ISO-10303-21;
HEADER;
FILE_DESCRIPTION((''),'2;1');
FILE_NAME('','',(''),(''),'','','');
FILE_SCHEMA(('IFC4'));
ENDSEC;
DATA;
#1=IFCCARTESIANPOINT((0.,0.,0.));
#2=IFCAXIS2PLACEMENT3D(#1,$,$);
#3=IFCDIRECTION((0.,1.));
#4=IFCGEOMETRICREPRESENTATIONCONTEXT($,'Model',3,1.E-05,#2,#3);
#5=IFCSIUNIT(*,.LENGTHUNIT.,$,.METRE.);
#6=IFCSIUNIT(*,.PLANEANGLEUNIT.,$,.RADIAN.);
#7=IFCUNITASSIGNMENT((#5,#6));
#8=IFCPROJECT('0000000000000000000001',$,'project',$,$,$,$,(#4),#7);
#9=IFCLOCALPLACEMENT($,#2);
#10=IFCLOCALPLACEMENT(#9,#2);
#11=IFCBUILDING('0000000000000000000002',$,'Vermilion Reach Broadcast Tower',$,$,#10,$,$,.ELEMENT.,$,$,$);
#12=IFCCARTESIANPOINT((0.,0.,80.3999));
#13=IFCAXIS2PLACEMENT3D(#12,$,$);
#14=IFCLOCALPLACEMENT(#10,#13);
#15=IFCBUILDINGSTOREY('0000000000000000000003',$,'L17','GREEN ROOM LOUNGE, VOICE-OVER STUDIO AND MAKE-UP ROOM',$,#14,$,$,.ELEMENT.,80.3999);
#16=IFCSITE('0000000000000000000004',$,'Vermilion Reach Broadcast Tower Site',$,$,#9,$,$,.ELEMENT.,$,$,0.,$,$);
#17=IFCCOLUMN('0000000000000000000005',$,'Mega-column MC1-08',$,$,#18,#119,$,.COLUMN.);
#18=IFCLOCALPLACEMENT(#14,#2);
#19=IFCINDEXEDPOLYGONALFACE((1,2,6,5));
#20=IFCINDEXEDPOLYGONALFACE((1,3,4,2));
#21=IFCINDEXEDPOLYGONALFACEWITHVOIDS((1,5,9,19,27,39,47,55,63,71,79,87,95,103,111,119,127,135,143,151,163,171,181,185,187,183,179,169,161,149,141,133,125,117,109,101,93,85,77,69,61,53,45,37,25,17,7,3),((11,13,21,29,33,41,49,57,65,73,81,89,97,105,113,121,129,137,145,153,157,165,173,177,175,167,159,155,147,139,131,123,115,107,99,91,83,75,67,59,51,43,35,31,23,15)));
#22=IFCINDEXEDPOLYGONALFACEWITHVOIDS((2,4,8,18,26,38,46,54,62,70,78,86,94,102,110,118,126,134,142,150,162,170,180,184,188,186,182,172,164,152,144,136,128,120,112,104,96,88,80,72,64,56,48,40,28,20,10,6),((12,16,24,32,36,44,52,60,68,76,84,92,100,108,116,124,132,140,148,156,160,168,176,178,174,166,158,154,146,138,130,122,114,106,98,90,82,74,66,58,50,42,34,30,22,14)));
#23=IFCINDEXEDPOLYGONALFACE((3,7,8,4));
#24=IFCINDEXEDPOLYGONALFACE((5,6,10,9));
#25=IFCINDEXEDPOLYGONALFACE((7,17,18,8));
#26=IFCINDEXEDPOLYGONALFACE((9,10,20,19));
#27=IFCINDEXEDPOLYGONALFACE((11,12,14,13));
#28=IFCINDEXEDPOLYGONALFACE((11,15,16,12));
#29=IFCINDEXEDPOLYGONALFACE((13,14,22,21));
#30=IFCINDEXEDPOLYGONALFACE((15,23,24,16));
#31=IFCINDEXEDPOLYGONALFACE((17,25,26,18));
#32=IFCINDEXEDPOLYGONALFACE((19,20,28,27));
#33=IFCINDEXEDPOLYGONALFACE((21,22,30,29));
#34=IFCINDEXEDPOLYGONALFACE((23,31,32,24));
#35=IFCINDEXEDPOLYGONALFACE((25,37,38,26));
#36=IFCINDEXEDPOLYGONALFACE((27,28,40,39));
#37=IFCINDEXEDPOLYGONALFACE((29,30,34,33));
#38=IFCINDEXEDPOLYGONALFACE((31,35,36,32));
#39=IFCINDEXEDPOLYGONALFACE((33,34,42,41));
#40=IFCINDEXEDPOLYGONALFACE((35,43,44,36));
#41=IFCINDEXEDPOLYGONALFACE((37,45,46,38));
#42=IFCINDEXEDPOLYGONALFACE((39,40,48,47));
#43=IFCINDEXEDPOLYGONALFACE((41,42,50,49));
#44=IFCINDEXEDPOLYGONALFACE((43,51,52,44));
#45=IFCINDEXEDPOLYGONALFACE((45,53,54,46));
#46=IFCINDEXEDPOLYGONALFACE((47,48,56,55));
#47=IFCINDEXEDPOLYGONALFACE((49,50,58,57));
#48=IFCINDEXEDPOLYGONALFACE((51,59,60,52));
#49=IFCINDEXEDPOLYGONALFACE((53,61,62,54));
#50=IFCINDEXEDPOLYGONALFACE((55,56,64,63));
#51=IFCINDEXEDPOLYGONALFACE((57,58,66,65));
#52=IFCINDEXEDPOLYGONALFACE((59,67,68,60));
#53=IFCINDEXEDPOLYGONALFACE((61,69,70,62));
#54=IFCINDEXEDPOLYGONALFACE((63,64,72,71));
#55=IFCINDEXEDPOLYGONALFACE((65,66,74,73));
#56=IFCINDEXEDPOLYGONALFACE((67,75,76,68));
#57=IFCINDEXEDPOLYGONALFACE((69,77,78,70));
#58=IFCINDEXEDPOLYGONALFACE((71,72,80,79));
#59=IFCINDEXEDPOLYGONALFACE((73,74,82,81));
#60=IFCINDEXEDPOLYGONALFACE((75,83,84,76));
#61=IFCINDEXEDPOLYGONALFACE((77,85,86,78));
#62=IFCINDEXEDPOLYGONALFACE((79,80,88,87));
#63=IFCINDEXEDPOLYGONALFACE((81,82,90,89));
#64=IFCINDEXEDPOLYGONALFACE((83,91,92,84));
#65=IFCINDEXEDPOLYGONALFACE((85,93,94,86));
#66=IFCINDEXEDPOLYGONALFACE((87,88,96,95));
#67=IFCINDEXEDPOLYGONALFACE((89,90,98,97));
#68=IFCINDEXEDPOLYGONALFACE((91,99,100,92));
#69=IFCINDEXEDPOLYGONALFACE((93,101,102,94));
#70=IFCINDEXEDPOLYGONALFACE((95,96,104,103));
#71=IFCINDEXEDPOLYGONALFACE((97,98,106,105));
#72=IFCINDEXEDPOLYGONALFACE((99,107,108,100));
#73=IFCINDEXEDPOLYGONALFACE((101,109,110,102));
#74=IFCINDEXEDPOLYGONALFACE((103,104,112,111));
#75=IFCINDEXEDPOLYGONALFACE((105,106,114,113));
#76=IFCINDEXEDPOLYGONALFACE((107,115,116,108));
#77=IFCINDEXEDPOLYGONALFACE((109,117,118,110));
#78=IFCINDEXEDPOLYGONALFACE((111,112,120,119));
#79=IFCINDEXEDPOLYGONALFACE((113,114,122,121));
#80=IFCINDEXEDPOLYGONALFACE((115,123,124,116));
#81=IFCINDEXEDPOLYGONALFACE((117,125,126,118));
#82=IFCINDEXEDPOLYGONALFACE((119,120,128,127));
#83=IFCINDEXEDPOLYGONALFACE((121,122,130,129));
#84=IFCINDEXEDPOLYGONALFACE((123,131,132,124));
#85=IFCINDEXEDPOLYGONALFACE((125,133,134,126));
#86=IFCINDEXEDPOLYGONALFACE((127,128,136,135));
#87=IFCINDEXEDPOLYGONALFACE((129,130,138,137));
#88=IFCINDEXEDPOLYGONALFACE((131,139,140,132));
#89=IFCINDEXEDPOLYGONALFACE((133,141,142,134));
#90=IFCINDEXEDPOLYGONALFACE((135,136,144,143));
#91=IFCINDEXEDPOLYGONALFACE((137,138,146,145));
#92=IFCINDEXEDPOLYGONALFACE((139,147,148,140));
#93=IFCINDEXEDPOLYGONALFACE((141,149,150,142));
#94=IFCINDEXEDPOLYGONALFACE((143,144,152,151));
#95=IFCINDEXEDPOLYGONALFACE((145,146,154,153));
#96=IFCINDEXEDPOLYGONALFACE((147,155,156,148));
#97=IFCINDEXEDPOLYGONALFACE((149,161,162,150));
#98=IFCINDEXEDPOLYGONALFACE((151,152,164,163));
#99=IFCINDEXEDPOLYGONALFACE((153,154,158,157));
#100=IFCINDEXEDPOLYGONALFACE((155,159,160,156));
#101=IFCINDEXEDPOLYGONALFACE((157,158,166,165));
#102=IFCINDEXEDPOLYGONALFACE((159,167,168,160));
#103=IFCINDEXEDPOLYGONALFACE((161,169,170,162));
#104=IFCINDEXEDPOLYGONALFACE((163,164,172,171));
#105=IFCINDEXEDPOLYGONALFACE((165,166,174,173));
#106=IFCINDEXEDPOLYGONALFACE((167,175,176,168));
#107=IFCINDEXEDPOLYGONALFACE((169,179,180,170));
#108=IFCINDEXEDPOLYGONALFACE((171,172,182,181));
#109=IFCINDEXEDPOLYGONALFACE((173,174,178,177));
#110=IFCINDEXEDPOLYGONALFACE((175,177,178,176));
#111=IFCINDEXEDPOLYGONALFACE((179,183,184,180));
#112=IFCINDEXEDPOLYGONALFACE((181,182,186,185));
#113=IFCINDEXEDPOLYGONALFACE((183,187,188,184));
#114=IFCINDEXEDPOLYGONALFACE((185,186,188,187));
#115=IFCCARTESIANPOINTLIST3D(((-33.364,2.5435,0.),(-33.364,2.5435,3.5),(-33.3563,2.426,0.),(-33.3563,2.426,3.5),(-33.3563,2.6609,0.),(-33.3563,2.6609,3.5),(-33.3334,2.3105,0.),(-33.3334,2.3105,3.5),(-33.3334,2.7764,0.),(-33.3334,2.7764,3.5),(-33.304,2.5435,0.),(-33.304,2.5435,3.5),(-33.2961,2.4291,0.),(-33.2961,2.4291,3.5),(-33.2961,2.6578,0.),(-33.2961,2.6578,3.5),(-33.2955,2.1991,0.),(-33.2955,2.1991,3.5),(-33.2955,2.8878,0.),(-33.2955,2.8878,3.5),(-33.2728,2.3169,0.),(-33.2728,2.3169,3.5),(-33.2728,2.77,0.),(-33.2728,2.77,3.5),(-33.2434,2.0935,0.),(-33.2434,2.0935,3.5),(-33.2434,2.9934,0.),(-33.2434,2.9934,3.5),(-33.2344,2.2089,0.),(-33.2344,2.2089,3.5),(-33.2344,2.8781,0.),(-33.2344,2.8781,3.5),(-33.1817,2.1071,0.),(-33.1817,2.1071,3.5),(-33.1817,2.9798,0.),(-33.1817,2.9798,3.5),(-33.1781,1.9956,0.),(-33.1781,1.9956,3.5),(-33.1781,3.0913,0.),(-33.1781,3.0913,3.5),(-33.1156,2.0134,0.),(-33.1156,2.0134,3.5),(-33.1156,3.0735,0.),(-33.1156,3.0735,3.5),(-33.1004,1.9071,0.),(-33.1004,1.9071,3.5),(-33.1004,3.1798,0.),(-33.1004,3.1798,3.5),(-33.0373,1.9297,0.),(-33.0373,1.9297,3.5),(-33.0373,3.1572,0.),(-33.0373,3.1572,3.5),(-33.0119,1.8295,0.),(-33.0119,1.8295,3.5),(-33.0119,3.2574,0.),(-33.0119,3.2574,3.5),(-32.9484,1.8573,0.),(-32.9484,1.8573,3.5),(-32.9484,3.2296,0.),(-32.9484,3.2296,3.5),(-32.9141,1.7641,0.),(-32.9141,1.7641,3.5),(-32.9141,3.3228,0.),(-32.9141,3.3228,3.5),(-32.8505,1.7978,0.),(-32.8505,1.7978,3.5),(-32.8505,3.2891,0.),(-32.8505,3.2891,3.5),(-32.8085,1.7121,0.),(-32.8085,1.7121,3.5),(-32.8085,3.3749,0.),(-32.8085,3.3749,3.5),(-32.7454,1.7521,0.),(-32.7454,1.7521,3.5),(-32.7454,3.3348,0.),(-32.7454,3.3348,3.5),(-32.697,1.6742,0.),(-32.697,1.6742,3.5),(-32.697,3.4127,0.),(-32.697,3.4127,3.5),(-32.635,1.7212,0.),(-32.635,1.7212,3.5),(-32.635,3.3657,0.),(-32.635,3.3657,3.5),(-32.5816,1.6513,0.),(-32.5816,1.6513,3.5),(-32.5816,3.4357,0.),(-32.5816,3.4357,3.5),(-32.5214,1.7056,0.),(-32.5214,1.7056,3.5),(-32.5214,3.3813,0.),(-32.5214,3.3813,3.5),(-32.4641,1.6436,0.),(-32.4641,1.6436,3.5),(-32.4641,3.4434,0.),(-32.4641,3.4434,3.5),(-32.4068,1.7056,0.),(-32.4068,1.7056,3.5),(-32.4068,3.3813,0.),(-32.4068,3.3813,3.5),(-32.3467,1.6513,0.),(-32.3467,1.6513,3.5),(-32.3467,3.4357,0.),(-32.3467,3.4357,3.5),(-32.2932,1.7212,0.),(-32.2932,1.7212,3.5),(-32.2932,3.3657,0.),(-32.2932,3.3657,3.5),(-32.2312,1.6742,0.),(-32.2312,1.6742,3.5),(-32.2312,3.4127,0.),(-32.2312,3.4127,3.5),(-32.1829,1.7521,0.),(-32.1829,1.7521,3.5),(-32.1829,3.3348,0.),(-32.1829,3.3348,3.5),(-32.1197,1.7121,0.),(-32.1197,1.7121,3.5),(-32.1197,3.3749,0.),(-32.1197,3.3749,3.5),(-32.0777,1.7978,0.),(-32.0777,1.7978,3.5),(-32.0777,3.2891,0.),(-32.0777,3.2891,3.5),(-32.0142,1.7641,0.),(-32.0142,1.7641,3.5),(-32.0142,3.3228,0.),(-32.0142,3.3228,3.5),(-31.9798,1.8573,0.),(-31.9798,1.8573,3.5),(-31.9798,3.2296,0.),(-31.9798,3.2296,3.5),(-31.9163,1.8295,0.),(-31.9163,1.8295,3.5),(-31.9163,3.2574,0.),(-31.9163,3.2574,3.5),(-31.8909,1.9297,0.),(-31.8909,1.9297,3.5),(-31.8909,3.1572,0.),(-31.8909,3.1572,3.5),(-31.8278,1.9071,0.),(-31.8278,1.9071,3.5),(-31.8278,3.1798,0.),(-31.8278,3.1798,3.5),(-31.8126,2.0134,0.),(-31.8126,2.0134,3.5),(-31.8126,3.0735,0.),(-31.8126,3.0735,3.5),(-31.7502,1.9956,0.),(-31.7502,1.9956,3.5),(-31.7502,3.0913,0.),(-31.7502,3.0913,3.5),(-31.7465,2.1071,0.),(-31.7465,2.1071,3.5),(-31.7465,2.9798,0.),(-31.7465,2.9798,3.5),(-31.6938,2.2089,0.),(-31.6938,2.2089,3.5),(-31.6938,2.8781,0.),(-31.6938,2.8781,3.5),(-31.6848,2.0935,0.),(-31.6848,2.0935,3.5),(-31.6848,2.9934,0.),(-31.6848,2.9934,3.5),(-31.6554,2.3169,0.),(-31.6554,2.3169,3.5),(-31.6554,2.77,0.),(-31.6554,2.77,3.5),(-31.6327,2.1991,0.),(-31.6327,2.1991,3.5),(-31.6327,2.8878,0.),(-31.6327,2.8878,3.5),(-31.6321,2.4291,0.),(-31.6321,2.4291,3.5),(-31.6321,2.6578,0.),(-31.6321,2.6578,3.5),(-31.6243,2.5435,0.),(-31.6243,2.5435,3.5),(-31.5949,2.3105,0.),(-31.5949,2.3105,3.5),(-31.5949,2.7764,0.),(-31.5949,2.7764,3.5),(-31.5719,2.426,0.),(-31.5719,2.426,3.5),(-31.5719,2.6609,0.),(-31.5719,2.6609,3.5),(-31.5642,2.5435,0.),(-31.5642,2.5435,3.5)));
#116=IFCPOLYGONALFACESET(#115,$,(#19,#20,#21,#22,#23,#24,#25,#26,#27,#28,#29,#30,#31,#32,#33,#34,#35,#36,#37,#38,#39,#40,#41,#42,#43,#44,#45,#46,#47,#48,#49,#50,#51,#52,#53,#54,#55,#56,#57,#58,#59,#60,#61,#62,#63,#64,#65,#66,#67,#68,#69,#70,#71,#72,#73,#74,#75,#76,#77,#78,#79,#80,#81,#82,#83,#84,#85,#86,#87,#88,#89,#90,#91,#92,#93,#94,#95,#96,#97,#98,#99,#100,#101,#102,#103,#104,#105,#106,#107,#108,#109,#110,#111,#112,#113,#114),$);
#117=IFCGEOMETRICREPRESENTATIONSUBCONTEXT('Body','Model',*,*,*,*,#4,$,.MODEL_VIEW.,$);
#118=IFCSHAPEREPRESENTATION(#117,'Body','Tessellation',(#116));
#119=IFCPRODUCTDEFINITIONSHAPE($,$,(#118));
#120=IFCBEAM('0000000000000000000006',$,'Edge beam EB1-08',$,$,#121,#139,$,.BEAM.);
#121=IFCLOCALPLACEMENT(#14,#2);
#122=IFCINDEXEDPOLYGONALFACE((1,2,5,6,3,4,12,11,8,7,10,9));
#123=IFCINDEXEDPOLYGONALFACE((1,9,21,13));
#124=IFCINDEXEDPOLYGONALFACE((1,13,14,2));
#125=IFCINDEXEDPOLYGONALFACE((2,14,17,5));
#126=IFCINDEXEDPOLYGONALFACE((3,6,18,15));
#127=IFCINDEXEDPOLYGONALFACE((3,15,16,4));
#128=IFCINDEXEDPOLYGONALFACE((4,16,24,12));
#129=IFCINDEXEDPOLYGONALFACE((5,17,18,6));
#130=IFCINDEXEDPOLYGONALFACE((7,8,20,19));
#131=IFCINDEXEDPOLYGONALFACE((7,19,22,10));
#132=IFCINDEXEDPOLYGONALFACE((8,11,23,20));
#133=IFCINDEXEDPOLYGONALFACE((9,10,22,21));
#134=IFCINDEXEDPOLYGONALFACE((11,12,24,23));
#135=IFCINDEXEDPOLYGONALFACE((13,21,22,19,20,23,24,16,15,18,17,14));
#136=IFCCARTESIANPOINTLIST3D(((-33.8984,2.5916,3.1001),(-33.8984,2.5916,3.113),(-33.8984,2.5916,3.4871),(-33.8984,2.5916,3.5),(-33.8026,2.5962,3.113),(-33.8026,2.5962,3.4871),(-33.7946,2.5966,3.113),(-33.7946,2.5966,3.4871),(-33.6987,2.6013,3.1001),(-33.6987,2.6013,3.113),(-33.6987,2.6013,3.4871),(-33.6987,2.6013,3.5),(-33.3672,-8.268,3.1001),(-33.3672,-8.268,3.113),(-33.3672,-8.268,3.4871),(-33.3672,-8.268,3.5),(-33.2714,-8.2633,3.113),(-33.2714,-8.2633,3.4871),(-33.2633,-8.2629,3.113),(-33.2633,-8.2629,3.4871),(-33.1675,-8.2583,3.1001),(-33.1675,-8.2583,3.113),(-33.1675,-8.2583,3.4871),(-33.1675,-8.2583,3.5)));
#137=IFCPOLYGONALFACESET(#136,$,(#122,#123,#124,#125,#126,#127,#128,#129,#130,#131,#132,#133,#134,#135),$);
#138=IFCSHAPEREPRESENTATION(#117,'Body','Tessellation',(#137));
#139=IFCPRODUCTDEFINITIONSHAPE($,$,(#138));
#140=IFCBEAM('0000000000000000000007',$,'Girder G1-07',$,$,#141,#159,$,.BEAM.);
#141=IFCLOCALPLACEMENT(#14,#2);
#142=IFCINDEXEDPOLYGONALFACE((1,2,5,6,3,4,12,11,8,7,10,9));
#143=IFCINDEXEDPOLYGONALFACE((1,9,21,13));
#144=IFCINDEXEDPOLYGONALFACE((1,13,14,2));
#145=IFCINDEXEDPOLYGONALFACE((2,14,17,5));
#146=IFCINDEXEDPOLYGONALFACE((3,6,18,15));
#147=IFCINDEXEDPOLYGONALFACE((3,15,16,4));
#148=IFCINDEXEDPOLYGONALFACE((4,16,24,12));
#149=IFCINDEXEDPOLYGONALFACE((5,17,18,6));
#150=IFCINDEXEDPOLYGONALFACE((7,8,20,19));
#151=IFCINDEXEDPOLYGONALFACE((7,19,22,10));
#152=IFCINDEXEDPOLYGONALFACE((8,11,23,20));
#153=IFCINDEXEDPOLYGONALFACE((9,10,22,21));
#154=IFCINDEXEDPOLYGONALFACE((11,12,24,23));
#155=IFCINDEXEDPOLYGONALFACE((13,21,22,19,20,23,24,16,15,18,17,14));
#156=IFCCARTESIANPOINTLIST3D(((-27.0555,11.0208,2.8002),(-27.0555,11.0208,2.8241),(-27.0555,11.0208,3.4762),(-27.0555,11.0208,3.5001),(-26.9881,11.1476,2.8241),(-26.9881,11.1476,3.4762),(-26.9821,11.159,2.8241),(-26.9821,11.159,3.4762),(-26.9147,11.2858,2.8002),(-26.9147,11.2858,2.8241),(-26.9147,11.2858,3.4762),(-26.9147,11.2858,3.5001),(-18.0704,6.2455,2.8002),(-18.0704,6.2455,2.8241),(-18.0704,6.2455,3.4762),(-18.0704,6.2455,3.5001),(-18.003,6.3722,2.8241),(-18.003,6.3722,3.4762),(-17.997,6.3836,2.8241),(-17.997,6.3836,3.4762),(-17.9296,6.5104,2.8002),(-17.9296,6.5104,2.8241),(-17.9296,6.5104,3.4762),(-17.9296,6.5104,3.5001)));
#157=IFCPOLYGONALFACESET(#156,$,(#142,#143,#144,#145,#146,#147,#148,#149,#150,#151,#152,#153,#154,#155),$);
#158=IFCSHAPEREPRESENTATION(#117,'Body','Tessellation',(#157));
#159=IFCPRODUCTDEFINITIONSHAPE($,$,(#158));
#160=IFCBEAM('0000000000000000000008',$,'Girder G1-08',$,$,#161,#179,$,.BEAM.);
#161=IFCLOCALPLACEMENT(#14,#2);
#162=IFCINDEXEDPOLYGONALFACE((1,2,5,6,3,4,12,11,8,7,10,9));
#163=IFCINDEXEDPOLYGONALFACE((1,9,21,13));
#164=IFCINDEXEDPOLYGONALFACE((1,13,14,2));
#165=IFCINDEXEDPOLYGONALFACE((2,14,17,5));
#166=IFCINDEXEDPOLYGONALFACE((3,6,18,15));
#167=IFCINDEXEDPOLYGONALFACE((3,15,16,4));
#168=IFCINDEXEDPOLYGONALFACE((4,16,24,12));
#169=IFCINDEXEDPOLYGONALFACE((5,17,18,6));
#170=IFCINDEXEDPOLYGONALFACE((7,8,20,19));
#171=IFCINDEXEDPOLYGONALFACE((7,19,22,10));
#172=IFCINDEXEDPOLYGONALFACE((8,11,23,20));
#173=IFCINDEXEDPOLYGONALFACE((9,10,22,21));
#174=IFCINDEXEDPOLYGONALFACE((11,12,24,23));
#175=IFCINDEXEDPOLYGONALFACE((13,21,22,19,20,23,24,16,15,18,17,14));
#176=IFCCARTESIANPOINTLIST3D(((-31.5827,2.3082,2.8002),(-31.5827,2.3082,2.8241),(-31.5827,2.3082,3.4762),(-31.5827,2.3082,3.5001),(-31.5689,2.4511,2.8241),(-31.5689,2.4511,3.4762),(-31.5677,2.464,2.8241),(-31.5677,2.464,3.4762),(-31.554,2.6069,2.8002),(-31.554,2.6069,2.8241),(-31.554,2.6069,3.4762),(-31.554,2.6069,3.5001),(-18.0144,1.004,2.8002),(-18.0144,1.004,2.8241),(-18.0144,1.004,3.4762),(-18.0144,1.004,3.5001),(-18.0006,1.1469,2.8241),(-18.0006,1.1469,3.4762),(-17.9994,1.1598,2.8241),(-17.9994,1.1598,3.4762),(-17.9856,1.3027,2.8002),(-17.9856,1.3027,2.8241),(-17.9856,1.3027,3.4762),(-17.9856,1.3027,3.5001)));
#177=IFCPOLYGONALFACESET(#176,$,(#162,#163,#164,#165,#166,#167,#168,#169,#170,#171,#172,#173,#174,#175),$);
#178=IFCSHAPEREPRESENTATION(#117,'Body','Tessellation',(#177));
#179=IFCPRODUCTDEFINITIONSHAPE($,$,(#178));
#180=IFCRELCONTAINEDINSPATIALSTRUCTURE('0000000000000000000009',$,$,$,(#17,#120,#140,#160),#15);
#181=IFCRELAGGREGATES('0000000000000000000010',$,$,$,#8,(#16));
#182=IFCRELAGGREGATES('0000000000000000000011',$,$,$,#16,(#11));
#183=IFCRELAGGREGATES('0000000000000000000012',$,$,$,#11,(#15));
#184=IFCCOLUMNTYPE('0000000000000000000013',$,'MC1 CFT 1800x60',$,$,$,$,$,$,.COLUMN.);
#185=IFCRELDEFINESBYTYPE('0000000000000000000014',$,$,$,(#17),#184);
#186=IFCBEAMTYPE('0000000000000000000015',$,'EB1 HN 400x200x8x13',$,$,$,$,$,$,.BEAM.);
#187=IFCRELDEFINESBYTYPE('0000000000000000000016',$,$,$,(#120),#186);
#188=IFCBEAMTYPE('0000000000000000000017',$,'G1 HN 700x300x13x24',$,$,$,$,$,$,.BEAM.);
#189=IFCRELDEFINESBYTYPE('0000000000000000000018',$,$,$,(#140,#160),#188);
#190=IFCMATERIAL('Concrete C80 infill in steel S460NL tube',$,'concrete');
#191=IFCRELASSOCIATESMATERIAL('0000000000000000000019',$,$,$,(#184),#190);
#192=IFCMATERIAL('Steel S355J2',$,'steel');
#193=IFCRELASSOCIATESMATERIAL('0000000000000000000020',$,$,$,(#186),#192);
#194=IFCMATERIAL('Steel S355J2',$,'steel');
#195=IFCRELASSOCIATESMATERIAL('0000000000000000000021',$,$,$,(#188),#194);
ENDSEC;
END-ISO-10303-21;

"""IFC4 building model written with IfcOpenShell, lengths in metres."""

from ifc_helpers import new_model, si_unit, direction, frame, origin, origin_2d, place, context, subcontext, project, spatial, hollow_circle, i_section, extrude, material, material_profile, profile_set, type_object, element, save


model = new_model("IFC4")

# Units and contexts
model_context = context("Model", 3, precision=1e-05, world=origin(), true_north=direction((0.0, 1.0)))
body_context = subcontext(model_context, "Body", "Model", "MODEL_VIEW")
ifc_project = project(units=[si_unit("LENGTHUNIT", "METRE"), si_unit("PLANEANGLEUNIT", "RADIAN")], contexts=[model_context])

# Site, building, storey
site_placement = place(None, origin())
site = spatial("IfcSite", under=ifc_project, at=site_placement, Name="Vermilion Reach Broadcast Tower Site", CompositionType="ELEMENT", RefElevation=0.0)
building_placement = place(site_placement, origin())
building = spatial("IfcBuilding", under=site, at=building_placement, Name="Vermilion Reach Broadcast Tower", CompositionType="ELEMENT")
storey_placement = place(building_placement, frame((0.0, 0.0, 80.3999)))
storey = spatial("IfcBuildingStorey", under=building, at=storey_placement, Name="L17", Description="GREEN ROOM LOUNGE, VOICE-OVER STUDIO AND MAKE-UP ROOM", CompositionType="ELEMENT", Elevation=80.3999)

# Column
ifc_material_1 = material(Name="Concrete C80 infill in steel S460NL tube", Category="concrete")
ifc_material_profile_1 = material_profile(ifc_material_1, hollow_circle(Radius=0.8999, WallThickness=0.0601, at=origin_2d()), Name="Concrete C80 infill in steel S460NL tube CFT 1800x60")
ifc_profile_set_1 = profile_set([ifc_material_profile_1], Name="Concrete C80 infill in steel S460NL tube")
column_type = type_object("IfcColumnType", Name="MC1 CFT 1800x60", PredefinedType="COLUMN", material=ifc_profile_set_1)
column_placement = place(storey_placement, frame((-32.4641, 2.5435, 0.0), z_axis=(0.0, 0.0, 1.0), x_axis=(1.0, 0.0, 0.0)))
element("IfcColumn", 1, at=column_placement, inside=storey, type_object=column_type, Name="Mega-column MC1-08", PredefinedType="COLUMN", context=body_context, shape_type="SweptSolid", body=[
    extrude(hollow_circle(Radius=0.8999, WallThickness=0.0601, at=origin_2d()), origin(), (0.0, 0.0, 1.0), 3.5),
])

# Beams
ifc_material_2 = material(Name="Steel S355J2", Category="steel")
ifc_material_profile_2 = material_profile(ifc_material_2, i_section(OverallWidth=0.2, OverallDepth=0.3999, WebThickness=0.0081, FlangeThickness=0.0129, at=origin_2d()), Name="S355J2 HN 400x200x8x13")
ifc_profile_set_2 = profile_set([ifc_material_profile_2], Name="Steel S355J2")
beam_type_1 = type_object("IfcBeamType", Name="EB1 HN 400x200x8x13", PredefinedType="BEAM", material=ifc_profile_set_2)
beam_1_placement = place(storey_placement, frame((-33.7986, 2.5964, 3.3), z_axis=(0.048861, -0.998806, 0.0), x_axis=(0.998806, 0.048861, 0.0)))
element("IfcBeam", 2, at=beam_1_placement, inside=storey, type_object=beam_type_1, Name="Edge beam EB1-08", PredefinedType="BEAM", context=body_context, shape_type="SweptSolid", body=[
    extrude(i_section(OverallWidth=0.2, OverallDepth=0.3999, WebThickness=0.0081, FlangeThickness=0.0129, at=origin_2d()), origin(), (0.0, 0.0, 1.0), 10.8726),
])
ifc_material_3 = material(Name="Steel S355J2", Category="steel")
ifc_material_profile_3 = material_profile(ifc_material_3, i_section(OverallWidth=0.3, OverallDepth=0.7, WebThickness=0.0129, FlangeThickness=0.0239, at=origin_2d()), Name="S355J2 HN 700x300x13x24")
ifc_profile_set_3 = profile_set([ifc_material_profile_3], Name="Steel S355J2")
beam_type_2 = type_object("IfcBeamType", Name="G1 HN 700x300x13x24", PredefinedType="BEAM", material=ifc_profile_set_3)
beam_2_placement = place(storey_placement, frame((-18.0, 6.3779, 3.1501), z_axis=(-0.883032, 0.469313, 0.0), x_axis=(-0.469313, -0.883032, 0.0)))
element("IfcBeam", 3, at=beam_2_placement, inside=storey, type_object=beam_type_2, Name="Girder G1-07", PredefinedType="BEAM", context=body_context, shape_type="SweptSolid", body=[
    extrude(i_section(OverallWidth=0.3, OverallDepth=0.7, WebThickness=0.0129, FlangeThickness=0.0239, at=origin_2d()), origin(), (0.0, 0.0, 1.0), 10.1753),
])
beam_3_placement = place(storey_placement, frame((-18.0, 1.1533, 3.1501), z_axis=(-0.995412, 0.09568, 0.0), x_axis=(-0.09568, -0.995412, 0.0)))
element("IfcBeam", 4, at=beam_3_placement, inside=storey, type_object=beam_type_2, Name="Girder G1-08", PredefinedType="BEAM", context=body_context, shape_type="SweptSolid", body=[
    extrude(i_section(OverallWidth=0.3, OverallDepth=0.7, WebThickness=0.0129, FlangeThickness=0.0239, at=origin_2d()), origin(), (0.0, 0.0, 1.0), 13.6309),
])

save(model, "model.ifc")
